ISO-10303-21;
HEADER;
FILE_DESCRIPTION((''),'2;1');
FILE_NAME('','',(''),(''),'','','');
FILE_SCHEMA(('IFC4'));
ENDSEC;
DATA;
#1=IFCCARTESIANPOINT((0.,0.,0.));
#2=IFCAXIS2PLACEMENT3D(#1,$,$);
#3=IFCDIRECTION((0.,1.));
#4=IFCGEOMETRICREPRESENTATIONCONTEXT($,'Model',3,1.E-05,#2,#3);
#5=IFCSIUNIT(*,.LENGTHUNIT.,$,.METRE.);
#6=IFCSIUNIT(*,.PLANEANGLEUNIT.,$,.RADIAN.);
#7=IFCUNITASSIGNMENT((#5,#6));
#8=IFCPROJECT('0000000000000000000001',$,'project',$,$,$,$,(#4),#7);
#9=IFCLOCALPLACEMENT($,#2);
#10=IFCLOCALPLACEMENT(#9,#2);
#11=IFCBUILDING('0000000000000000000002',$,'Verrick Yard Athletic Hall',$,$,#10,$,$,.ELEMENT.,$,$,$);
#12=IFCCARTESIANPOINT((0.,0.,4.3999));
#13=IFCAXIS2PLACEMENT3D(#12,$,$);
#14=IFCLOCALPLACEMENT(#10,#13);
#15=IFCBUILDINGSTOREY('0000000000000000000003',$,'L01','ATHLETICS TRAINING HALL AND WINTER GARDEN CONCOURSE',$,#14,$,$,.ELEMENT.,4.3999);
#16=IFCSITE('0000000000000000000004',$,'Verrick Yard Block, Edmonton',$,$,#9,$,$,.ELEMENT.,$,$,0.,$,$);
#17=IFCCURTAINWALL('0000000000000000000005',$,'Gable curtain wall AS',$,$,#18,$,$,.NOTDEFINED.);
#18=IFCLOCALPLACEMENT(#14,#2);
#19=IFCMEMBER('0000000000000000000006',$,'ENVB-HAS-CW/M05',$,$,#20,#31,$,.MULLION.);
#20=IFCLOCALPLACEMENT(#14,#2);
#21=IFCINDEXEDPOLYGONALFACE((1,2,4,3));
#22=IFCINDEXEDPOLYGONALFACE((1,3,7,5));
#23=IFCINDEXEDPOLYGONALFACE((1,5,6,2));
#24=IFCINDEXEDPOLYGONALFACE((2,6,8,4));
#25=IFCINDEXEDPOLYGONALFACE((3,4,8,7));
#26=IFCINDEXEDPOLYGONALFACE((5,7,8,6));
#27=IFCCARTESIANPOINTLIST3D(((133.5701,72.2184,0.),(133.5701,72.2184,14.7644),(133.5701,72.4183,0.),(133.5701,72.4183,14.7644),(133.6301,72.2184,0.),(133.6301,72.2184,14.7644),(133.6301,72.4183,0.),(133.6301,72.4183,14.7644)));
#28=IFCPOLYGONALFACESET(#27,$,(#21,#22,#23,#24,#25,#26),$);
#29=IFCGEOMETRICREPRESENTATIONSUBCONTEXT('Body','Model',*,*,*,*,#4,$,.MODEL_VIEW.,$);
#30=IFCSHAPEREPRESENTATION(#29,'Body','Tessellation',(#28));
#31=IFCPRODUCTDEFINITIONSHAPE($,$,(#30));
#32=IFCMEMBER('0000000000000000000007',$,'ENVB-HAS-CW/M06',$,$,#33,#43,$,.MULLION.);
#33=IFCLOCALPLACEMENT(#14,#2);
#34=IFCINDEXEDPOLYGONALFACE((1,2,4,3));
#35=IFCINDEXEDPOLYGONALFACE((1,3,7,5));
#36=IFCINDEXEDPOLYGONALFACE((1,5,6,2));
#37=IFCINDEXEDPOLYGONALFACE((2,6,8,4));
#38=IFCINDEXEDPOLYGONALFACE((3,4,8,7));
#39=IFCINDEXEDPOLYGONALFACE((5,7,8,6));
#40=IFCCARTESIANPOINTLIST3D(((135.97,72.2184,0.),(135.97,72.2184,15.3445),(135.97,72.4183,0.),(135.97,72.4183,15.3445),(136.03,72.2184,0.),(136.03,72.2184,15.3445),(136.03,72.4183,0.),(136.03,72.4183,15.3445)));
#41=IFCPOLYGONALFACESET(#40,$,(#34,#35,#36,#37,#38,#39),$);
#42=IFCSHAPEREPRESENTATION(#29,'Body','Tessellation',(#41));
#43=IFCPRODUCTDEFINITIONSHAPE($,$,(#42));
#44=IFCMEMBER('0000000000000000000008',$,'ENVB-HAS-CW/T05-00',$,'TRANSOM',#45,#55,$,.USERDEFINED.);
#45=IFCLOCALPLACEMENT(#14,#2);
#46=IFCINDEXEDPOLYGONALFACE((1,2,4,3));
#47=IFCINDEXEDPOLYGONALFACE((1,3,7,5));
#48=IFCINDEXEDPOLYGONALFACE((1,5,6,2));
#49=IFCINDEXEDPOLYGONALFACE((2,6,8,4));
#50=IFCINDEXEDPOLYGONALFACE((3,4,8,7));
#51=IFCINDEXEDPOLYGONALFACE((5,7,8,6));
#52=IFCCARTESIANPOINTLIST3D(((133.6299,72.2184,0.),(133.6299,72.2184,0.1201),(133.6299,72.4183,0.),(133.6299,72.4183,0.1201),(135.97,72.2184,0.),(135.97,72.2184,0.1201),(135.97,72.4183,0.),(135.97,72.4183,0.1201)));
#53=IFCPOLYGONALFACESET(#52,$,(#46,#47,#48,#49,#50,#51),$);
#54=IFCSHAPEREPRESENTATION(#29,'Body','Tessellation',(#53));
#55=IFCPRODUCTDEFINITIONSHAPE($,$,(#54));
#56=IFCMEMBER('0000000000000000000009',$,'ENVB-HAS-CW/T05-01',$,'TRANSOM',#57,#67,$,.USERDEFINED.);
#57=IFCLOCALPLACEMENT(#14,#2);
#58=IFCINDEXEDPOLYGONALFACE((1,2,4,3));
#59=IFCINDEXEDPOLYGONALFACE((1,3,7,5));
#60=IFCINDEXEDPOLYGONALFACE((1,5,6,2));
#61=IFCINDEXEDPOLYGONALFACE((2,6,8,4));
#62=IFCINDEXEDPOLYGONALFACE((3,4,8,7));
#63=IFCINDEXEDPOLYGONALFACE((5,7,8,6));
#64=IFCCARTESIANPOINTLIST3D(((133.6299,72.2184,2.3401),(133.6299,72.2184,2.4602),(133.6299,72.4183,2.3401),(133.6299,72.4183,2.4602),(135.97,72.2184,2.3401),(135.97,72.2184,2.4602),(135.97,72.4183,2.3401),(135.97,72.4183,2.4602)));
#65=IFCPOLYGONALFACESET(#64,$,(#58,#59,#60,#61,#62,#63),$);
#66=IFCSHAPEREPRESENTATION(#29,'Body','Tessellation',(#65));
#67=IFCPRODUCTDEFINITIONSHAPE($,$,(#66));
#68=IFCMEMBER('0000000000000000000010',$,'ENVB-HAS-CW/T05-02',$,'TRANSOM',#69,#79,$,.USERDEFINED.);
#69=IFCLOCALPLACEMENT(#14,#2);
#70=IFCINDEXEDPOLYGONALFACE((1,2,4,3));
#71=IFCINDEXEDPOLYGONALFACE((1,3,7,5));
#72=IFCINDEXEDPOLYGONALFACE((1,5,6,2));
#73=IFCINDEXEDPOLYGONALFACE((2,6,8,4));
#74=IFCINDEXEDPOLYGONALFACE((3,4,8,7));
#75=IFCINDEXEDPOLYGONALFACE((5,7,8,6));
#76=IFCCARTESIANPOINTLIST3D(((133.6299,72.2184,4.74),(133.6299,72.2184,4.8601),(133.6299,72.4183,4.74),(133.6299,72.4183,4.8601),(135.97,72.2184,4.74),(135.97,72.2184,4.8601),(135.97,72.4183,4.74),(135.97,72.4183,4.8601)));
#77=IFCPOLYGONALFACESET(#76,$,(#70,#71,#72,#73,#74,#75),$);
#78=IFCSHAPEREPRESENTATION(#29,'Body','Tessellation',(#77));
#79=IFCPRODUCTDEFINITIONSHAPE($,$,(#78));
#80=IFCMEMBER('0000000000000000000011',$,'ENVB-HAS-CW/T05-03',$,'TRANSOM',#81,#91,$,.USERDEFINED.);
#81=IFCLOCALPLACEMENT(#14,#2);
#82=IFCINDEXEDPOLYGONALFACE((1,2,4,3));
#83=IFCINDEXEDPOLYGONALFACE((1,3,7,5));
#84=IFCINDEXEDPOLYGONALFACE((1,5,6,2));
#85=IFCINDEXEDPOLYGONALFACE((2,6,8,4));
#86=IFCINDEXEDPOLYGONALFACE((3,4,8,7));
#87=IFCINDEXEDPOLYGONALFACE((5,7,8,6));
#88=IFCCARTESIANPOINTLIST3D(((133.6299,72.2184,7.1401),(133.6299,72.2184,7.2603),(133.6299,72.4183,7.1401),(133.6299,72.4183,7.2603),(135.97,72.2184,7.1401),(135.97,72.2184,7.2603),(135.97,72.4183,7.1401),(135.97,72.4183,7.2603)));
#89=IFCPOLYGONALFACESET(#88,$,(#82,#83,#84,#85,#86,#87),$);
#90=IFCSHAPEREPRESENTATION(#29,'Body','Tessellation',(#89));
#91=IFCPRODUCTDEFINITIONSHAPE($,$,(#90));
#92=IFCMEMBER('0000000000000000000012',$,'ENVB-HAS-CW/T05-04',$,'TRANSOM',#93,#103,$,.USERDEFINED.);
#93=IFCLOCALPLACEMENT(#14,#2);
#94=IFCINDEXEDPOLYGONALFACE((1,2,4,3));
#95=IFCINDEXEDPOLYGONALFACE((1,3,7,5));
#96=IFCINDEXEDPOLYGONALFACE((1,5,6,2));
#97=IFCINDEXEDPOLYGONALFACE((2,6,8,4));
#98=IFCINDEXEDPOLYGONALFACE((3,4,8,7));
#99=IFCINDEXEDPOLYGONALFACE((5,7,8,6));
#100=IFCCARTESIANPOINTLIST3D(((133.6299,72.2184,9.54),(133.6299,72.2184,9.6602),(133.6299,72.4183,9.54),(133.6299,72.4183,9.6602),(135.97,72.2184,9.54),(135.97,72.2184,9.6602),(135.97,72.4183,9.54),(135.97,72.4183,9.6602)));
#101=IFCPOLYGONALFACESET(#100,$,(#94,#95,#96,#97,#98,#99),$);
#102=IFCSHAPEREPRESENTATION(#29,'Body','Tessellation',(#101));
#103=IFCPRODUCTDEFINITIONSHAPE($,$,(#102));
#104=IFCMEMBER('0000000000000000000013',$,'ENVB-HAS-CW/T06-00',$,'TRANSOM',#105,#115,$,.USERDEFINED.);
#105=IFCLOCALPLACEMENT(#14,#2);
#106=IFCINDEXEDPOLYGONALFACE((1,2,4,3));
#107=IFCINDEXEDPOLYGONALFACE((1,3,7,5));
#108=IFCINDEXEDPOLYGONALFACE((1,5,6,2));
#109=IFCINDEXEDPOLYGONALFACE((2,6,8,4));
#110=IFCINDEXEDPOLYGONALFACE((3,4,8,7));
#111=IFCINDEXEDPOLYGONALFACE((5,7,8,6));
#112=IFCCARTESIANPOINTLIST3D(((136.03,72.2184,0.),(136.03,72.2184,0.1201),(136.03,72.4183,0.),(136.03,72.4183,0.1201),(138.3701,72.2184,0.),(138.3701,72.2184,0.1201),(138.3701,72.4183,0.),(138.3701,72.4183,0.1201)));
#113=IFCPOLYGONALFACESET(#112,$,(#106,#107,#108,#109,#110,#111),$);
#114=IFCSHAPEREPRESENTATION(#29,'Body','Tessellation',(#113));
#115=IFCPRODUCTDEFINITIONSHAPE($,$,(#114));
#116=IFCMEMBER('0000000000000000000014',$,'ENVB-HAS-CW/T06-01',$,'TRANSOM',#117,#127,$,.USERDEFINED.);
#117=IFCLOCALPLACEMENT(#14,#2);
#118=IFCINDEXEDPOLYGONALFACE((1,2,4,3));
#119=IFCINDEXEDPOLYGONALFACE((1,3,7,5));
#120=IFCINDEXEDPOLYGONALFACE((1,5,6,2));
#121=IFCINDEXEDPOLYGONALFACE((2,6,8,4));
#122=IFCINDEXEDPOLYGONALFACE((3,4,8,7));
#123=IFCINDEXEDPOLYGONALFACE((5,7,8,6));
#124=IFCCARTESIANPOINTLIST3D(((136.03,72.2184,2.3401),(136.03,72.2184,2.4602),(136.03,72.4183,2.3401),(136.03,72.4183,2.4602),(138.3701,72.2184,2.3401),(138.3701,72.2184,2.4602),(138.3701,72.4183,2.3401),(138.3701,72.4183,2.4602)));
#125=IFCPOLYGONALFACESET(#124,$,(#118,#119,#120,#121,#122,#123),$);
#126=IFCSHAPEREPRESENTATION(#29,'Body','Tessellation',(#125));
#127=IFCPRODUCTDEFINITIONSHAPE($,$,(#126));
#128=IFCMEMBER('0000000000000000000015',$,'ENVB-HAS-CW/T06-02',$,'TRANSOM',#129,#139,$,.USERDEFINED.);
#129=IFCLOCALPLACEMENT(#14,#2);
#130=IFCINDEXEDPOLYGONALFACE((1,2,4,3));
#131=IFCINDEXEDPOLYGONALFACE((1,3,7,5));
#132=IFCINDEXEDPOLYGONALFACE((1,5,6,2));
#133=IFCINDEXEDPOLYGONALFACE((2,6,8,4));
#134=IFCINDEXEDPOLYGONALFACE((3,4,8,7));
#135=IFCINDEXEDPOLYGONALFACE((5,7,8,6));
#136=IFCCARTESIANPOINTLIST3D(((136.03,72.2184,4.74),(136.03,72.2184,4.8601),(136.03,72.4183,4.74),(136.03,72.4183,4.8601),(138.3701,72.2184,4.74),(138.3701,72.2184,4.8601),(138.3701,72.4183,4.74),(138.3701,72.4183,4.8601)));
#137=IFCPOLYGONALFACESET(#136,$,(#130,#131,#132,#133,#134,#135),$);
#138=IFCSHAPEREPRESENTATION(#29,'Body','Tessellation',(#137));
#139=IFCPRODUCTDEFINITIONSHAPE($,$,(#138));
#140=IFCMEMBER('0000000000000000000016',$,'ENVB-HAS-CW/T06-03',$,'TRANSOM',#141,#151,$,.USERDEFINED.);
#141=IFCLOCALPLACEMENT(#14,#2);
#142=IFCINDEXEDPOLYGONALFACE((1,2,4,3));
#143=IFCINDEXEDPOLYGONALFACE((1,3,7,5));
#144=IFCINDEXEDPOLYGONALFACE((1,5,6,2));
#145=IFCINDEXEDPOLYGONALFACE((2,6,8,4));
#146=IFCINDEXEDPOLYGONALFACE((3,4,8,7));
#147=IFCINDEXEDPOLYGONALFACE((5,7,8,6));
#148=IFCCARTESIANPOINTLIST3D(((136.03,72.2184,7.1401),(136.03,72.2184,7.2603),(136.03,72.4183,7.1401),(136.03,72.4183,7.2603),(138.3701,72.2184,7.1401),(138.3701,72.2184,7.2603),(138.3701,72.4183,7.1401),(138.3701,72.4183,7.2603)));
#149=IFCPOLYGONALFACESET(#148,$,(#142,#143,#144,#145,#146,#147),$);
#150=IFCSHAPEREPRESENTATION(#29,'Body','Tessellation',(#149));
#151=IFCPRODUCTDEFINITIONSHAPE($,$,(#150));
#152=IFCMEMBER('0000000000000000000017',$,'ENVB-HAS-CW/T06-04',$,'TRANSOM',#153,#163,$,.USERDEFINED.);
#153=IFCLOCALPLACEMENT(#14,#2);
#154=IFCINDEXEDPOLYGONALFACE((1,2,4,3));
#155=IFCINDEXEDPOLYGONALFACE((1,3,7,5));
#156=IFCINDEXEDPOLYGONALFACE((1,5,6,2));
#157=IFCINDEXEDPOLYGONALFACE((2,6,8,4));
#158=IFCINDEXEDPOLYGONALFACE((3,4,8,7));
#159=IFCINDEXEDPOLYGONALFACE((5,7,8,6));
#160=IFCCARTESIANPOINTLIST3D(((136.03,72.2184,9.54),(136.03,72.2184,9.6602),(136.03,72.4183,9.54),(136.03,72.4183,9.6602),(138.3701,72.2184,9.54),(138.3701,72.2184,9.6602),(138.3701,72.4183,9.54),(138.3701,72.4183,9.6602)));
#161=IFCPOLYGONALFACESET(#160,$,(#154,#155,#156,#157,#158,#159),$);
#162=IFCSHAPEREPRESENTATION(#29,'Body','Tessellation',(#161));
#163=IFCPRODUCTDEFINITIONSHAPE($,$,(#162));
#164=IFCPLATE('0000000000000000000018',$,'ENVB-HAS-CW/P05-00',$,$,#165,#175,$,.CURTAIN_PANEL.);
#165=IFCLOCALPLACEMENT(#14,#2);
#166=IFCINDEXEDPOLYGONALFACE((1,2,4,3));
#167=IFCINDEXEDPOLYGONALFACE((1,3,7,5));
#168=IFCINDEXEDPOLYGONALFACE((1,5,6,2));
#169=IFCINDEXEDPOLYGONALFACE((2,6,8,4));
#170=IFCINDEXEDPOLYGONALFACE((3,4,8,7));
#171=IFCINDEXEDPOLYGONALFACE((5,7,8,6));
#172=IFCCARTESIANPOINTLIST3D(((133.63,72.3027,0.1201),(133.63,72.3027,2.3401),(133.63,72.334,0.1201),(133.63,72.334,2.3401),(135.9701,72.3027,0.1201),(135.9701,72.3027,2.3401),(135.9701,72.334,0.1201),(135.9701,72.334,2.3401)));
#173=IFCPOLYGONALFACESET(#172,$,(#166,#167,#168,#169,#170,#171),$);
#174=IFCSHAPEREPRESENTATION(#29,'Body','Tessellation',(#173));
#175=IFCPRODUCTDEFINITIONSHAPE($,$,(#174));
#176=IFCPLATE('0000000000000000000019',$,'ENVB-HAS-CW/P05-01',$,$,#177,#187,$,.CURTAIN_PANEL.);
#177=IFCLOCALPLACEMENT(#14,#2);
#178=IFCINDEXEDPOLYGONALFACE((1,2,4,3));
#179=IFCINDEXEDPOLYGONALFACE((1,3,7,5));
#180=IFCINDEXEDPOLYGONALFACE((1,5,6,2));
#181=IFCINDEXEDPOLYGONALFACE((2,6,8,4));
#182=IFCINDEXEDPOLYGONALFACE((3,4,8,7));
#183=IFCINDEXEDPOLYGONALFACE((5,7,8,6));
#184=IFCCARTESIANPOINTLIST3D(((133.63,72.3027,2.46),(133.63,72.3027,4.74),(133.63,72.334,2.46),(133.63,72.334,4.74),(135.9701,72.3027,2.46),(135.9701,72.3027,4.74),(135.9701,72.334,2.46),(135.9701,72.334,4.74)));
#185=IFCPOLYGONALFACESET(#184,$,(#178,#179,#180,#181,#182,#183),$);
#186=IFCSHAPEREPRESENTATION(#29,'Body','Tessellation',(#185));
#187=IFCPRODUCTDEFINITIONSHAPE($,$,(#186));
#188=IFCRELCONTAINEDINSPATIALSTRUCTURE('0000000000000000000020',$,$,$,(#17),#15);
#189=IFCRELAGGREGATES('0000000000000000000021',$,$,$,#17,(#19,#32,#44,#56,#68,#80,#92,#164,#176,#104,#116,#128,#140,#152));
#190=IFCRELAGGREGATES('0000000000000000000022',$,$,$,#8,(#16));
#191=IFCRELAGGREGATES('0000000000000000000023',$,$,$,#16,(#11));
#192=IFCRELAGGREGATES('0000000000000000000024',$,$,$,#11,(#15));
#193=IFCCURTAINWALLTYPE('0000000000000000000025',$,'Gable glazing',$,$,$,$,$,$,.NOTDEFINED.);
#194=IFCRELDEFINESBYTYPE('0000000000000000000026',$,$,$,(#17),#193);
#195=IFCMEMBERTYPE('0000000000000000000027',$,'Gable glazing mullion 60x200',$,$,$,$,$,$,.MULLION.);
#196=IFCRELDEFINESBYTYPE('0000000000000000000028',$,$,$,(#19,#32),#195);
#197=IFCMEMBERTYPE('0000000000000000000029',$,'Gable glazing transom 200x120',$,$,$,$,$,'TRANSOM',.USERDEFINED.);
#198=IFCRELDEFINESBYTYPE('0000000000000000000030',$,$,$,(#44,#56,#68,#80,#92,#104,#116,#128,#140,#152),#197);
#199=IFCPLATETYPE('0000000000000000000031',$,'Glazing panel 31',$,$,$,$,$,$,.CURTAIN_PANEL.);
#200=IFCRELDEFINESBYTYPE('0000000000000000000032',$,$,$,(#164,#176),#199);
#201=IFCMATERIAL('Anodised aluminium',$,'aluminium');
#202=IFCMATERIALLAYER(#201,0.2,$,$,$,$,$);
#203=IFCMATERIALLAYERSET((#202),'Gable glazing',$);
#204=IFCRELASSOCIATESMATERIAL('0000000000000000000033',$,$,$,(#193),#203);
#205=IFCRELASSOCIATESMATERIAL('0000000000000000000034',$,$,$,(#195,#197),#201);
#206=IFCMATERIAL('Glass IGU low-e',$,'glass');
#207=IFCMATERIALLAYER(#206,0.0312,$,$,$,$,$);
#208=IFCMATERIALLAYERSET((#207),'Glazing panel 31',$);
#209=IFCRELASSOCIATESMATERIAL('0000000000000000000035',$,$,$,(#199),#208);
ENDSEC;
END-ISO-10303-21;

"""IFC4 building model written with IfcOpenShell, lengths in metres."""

from ifc_helpers import new_model, si_unit, direction, frame, origin, origin_2d, place, context, subcontext, project, spatial, rectangle, extrude, material, layer, layer_set, material_profile, profile_set, type_object, element, aggregate, save


model = new_model("IFC4")

# Units and contexts
model_context = context("Model", 3, precision=1e-05, world=origin(), true_north=direction((0.0, 1.0)))
body_context = subcontext(model_context, "Body", "Model", "MODEL_VIEW")
ifc_project = project(units=[si_unit("LENGTHUNIT", "METRE"), si_unit("PLANEANGLEUNIT", "RADIAN")], contexts=[model_context])

# Site, building, storey
site_placement = place(None, origin())
site = spatial("IfcSite", under=ifc_project, at=site_placement, Name="Verrick Yard Block, Edmonton", CompositionType="ELEMENT", RefElevation=0.0)
building_placement = place(site_placement, origin())
building = spatial("IfcBuilding", under=site, at=building_placement, Name="Verrick Yard Athletic Hall", CompositionType="ELEMENT")
storey_placement = place(building_placement, frame((0.0, 0.0, 4.3999)))
storey = spatial("IfcBuildingStorey", under=building, at=storey_placement, Name="L01", Description="ATHLETICS TRAINING HALL AND WINTER GARDEN CONCOURSE", CompositionType="ELEMENT", Elevation=4.3999)

# Curtain wall, members, plates
ifc_material_1 = material(Name="Anodised aluminium", Category="aluminium")
ifc_layer_1 = layer(ifc_material_1, 0.2)
ifc_layer_set_1 = layer_set([ifc_layer_1], Name="Gable glazing")
curtain_wall_type = type_object("IfcCurtainWallType", Name="Gable glazing", PredefinedType="NOTDEFINED", material=ifc_layer_set_1)
curtain_wall_placement = place(storey_placement, origin())
curtain_wall = element("IfcCurtainWall", 1, at=curtain_wall_placement, inside=storey, type_object=curtain_wall_type, Name="Gable curtain wall AS", PredefinedType="NOTDEFINED")
ifc_material_profile_1 = material_profile(ifc_material_1, rectangle(XDim=0.2, YDim=0.0601, at=origin_2d()), Name="CW gable mullion 60x200")
ifc_profile_set_1 = profile_set([ifc_material_profile_1], Name="Anodised aluminium")
member_type_1 = type_object("IfcMemberType", Name="Gable glazing mullion 60x200", PredefinedType="MULLION", material=ifc_profile_set_1)
member_1_placement = place(storey_placement, frame((133.6001, 72.3184, 0.0), z_axis=(0.0, 0.0, 1.0), x_axis=(0.0, 1.0, 0.0)))
member_1 = element("IfcMember", 2, at=member_1_placement, type_object=member_type_1, Name="ENVB-HAS-CW/M05", PredefinedType="MULLION", context=body_context, shape_type="SweptSolid", body=[
    extrude(rectangle(XDim=0.2, YDim=0.0601, at=origin_2d()), origin(), (0.0, 0.0, 1.0), 14.7644),
])
member_2_placement = place(storey_placement, frame((136.0, 72.3184, 0.0), z_axis=(0.0, 0.0, 1.0), x_axis=(0.0, 1.0, 0.0)))
member_2 = element("IfcMember", 3, at=member_2_placement, type_object=member_type_1, Name="ENVB-HAS-CW/M06", PredefinedType="MULLION", context=body_context, shape_type="SweptSolid", body=[
    extrude(rectangle(XDim=0.2, YDim=0.0601, at=origin_2d()), origin(), (0.0, 0.0, 1.0), 15.3445),
])
ifc_material_profile_2 = material_profile(ifc_material_1, rectangle(XDim=0.2, YDim=0.1201, at=origin_2d()), Name="CW gable transom 200x120")
ifc_profile_set_2 = profile_set([ifc_material_profile_2], Name="Anodised aluminium")
member_type_2 = type_object("IfcMemberType", Name="Gable glazing transom 200x120", ElementType="TRANSOM", PredefinedType="USERDEFINED", material=ifc_profile_set_2)
member_3_placement = place(storey_placement, frame((133.6299, 72.3184, 0.0601), z_axis=(1.0, 0.0, 0.0), x_axis=(0.0, 1.0, 0.0)))
member_3 = element("IfcMember", 4, at=member_3_placement, type_object=member_type_2, Name="ENVB-HAS-CW/T05-00", ObjectType="TRANSOM", PredefinedType="USERDEFINED", context=body_context, shape_type="SweptSolid", body=[
    extrude(rectangle(XDim=0.2, YDim=0.1201, at=origin_2d()), origin(), (0.0, 0.0, 1.0), 2.3401),
])
member_4_placement = place(storey_placement, frame((133.6299, 72.3184, 2.4001), z_axis=(1.0, 0.0, 0.0), x_axis=(0.0, 1.0, 0.0)))
member_4 = element("IfcMember", 5, at=member_4_placement, type_object=member_type_2, Name="ENVB-HAS-CW/T05-01", ObjectType="TRANSOM", PredefinedType="USERDEFINED", context=body_context, shape_type="SweptSolid", body=[
    extrude(rectangle(XDim=0.2, YDim=0.1201, at=origin_2d()), origin(), (0.0, 0.0, 1.0), 2.3401),
])
member_5_placement = place(storey_placement, frame((133.6299, 72.3184, 4.8), z_axis=(1.0, 0.0, 0.0), x_axis=(0.0, 1.0, 0.0)))
member_5 = element("IfcMember", 6, at=member_5_placement, type_object=member_type_2, Name="ENVB-HAS-CW/T05-02", ObjectType="TRANSOM", PredefinedType="USERDEFINED", context=body_context, shape_type="SweptSolid", body=[
    extrude(rectangle(XDim=0.2, YDim=0.1201, at=origin_2d()), origin(), (0.0, 0.0, 1.0), 2.3401),
])
member_6_placement = place(storey_placement, frame((133.6299, 72.3184, 7.2002), z_axis=(1.0, 0.0, 0.0), x_axis=(0.0, 1.0, 0.0)))
member_6 = element("IfcMember", 7, at=member_6_placement, type_object=member_type_2, Name="ENVB-HAS-CW/T05-03", ObjectType="TRANSOM", PredefinedType="USERDEFINED", context=body_context, shape_type="SweptSolid", body=[
    extrude(rectangle(XDim=0.2, YDim=0.1201, at=origin_2d()), origin(), (0.0, 0.0, 1.0), 2.3401),
])
member_7_placement = place(storey_placement, frame((133.6299, 72.3184, 9.6001), z_axis=(1.0, 0.0, 0.0), x_axis=(0.0, 1.0, 0.0)))
member_7 = element("IfcMember", 8, at=member_7_placement, type_object=member_type_2, Name="ENVB-HAS-CW/T05-04", ObjectType="TRANSOM", PredefinedType="USERDEFINED", context=body_context, shape_type="SweptSolid", body=[
    extrude(rectangle(XDim=0.2, YDim=0.1201, at=origin_2d()), origin(), (0.0, 0.0, 1.0), 2.3401),
])
member_8_placement = place(storey_placement, frame((136.03, 72.3184, 0.0601), z_axis=(1.0, 0.0, 0.0), x_axis=(0.0, 1.0, 0.0)))
member_8 = element("IfcMember", 9, at=member_8_placement, type_object=member_type_2, Name="ENVB-HAS-CW/T06-00", ObjectType="TRANSOM", PredefinedType="USERDEFINED", context=body_context, shape_type="SweptSolid", body=[
    extrude(rectangle(XDim=0.2, YDim=0.1201, at=origin_2d()), origin(), (0.0, 0.0, 1.0), 2.3401),
])
member_9_placement = place(storey_placement, frame((136.03, 72.3184, 2.4001), z_axis=(1.0, 0.0, 0.0), x_axis=(0.0, 1.0, 0.0)))
member_9 = element("IfcMember", 10, at=member_9_placement, type_object=member_type_2, Name="ENVB-HAS-CW/T06-01", ObjectType="TRANSOM", PredefinedType="USERDEFINED", context=body_context, shape_type="SweptSolid", body=[
    extrude(rectangle(XDim=0.2, YDim=0.1201, at=origin_2d()), origin(), (0.0, 0.0, 1.0), 2.3401),
])
member_10_placement = place(storey_placement, frame((136.03, 72.3184, 4.8), z_axis=(1.0, 0.0, 0.0), x_axis=(0.0, 1.0, 0.0)))
member_10 = element("IfcMember", 11, at=member_10_placement, type_object=member_type_2, Name="ENVB-HAS-CW/T06-02", ObjectType="TRANSOM", PredefinedType="USERDEFINED", context=body_context, shape_type="SweptSolid", body=[
    extrude(rectangle(XDim=0.2, YDim=0.1201, at=origin_2d()), origin(), (0.0, 0.0, 1.0), 2.3401),
])
member_11_placement = place(storey_placement, frame((136.03, 72.3184, 7.2002), z_axis=(1.0, 0.0, 0.0), x_axis=(0.0, 1.0, 0.0)))
member_11 = element("IfcMember", 12, at=member_11_placement, type_object=member_type_2, Name="ENVB-HAS-CW/T06-03", ObjectType="TRANSOM", PredefinedType="USERDEFINED", context=body_context, shape_type="SweptSolid", body=[
    extrude(rectangle(XDim=0.2, YDim=0.1201, at=origin_2d()), origin(), (0.0, 0.0, 1.0), 2.3401),
])
member_12_placement = place(storey_placement, frame((136.03, 72.3184, 9.6001), z_axis=(1.0, 0.0, 0.0), x_axis=(0.0, 1.0, 0.0)))
member_12 = element("IfcMember", 13, at=member_12_placement, type_object=member_type_2, Name="ENVB-HAS-CW/T06-04", ObjectType="TRANSOM", PredefinedType="USERDEFINED", context=body_context, shape_type="SweptSolid", body=[
    extrude(rectangle(XDim=0.2, YDim=0.1201, at=origin_2d()), origin(), (0.0, 0.0, 1.0), 2.3401),
])
ifc_material_2 = material(Name="Glass IGU low-e", Category="glass")
ifc_layer_2 = layer(ifc_material_2, 0.0312)
ifc_layer_set_2 = layer_set([ifc_layer_2], Name="Glazing panel 31")
plate_type = type_object("IfcPlateType", Name="Glazing panel 31", PredefinedType="CURTAIN_PANEL", material=ifc_layer_set_2)
plate_1_placement = place(storey_placement, frame((134.8, 72.3184, 0.1201), z_axis=(0.0, 0.0, 1.0), x_axis=(1.0, 0.0, 0.0)))
plate_1 = element("IfcPlate", 14, at=plate_1_placement, type_object=plate_type, Name="ENVB-HAS-CW/P05-00", PredefinedType="CURTAIN_PANEL", context=body_context, shape_type="SweptSolid", body=[
    extrude(rectangle(XDim=2.3401, YDim=0.0312, at=origin_2d()), origin(), (0.0, 0.0, 1.0), 2.22),
])
plate_2_placement = place(storey_placement, frame((134.8, 72.3184, 2.46), z_axis=(0.0, 0.0, 1.0), x_axis=(1.0, 0.0, 0.0)))
plate_2 = element("IfcPlate", 15, at=plate_2_placement, type_object=plate_type, Name="ENVB-HAS-CW/P05-01", PredefinedType="CURTAIN_PANEL", context=body_context, shape_type="SweptSolid", body=[
    extrude(rectangle(XDim=2.3401, YDim=0.0312, at=origin_2d()), origin(), (0.0, 0.0, 1.0), 2.28),
])
aggregate(curtain_wall, [member_1, member_2, member_3, member_4, member_5, member_6, member_7, plate_1, plate_2, member_8, member_9, member_10, member_11, member_12])

save(model, "model.ifc")
